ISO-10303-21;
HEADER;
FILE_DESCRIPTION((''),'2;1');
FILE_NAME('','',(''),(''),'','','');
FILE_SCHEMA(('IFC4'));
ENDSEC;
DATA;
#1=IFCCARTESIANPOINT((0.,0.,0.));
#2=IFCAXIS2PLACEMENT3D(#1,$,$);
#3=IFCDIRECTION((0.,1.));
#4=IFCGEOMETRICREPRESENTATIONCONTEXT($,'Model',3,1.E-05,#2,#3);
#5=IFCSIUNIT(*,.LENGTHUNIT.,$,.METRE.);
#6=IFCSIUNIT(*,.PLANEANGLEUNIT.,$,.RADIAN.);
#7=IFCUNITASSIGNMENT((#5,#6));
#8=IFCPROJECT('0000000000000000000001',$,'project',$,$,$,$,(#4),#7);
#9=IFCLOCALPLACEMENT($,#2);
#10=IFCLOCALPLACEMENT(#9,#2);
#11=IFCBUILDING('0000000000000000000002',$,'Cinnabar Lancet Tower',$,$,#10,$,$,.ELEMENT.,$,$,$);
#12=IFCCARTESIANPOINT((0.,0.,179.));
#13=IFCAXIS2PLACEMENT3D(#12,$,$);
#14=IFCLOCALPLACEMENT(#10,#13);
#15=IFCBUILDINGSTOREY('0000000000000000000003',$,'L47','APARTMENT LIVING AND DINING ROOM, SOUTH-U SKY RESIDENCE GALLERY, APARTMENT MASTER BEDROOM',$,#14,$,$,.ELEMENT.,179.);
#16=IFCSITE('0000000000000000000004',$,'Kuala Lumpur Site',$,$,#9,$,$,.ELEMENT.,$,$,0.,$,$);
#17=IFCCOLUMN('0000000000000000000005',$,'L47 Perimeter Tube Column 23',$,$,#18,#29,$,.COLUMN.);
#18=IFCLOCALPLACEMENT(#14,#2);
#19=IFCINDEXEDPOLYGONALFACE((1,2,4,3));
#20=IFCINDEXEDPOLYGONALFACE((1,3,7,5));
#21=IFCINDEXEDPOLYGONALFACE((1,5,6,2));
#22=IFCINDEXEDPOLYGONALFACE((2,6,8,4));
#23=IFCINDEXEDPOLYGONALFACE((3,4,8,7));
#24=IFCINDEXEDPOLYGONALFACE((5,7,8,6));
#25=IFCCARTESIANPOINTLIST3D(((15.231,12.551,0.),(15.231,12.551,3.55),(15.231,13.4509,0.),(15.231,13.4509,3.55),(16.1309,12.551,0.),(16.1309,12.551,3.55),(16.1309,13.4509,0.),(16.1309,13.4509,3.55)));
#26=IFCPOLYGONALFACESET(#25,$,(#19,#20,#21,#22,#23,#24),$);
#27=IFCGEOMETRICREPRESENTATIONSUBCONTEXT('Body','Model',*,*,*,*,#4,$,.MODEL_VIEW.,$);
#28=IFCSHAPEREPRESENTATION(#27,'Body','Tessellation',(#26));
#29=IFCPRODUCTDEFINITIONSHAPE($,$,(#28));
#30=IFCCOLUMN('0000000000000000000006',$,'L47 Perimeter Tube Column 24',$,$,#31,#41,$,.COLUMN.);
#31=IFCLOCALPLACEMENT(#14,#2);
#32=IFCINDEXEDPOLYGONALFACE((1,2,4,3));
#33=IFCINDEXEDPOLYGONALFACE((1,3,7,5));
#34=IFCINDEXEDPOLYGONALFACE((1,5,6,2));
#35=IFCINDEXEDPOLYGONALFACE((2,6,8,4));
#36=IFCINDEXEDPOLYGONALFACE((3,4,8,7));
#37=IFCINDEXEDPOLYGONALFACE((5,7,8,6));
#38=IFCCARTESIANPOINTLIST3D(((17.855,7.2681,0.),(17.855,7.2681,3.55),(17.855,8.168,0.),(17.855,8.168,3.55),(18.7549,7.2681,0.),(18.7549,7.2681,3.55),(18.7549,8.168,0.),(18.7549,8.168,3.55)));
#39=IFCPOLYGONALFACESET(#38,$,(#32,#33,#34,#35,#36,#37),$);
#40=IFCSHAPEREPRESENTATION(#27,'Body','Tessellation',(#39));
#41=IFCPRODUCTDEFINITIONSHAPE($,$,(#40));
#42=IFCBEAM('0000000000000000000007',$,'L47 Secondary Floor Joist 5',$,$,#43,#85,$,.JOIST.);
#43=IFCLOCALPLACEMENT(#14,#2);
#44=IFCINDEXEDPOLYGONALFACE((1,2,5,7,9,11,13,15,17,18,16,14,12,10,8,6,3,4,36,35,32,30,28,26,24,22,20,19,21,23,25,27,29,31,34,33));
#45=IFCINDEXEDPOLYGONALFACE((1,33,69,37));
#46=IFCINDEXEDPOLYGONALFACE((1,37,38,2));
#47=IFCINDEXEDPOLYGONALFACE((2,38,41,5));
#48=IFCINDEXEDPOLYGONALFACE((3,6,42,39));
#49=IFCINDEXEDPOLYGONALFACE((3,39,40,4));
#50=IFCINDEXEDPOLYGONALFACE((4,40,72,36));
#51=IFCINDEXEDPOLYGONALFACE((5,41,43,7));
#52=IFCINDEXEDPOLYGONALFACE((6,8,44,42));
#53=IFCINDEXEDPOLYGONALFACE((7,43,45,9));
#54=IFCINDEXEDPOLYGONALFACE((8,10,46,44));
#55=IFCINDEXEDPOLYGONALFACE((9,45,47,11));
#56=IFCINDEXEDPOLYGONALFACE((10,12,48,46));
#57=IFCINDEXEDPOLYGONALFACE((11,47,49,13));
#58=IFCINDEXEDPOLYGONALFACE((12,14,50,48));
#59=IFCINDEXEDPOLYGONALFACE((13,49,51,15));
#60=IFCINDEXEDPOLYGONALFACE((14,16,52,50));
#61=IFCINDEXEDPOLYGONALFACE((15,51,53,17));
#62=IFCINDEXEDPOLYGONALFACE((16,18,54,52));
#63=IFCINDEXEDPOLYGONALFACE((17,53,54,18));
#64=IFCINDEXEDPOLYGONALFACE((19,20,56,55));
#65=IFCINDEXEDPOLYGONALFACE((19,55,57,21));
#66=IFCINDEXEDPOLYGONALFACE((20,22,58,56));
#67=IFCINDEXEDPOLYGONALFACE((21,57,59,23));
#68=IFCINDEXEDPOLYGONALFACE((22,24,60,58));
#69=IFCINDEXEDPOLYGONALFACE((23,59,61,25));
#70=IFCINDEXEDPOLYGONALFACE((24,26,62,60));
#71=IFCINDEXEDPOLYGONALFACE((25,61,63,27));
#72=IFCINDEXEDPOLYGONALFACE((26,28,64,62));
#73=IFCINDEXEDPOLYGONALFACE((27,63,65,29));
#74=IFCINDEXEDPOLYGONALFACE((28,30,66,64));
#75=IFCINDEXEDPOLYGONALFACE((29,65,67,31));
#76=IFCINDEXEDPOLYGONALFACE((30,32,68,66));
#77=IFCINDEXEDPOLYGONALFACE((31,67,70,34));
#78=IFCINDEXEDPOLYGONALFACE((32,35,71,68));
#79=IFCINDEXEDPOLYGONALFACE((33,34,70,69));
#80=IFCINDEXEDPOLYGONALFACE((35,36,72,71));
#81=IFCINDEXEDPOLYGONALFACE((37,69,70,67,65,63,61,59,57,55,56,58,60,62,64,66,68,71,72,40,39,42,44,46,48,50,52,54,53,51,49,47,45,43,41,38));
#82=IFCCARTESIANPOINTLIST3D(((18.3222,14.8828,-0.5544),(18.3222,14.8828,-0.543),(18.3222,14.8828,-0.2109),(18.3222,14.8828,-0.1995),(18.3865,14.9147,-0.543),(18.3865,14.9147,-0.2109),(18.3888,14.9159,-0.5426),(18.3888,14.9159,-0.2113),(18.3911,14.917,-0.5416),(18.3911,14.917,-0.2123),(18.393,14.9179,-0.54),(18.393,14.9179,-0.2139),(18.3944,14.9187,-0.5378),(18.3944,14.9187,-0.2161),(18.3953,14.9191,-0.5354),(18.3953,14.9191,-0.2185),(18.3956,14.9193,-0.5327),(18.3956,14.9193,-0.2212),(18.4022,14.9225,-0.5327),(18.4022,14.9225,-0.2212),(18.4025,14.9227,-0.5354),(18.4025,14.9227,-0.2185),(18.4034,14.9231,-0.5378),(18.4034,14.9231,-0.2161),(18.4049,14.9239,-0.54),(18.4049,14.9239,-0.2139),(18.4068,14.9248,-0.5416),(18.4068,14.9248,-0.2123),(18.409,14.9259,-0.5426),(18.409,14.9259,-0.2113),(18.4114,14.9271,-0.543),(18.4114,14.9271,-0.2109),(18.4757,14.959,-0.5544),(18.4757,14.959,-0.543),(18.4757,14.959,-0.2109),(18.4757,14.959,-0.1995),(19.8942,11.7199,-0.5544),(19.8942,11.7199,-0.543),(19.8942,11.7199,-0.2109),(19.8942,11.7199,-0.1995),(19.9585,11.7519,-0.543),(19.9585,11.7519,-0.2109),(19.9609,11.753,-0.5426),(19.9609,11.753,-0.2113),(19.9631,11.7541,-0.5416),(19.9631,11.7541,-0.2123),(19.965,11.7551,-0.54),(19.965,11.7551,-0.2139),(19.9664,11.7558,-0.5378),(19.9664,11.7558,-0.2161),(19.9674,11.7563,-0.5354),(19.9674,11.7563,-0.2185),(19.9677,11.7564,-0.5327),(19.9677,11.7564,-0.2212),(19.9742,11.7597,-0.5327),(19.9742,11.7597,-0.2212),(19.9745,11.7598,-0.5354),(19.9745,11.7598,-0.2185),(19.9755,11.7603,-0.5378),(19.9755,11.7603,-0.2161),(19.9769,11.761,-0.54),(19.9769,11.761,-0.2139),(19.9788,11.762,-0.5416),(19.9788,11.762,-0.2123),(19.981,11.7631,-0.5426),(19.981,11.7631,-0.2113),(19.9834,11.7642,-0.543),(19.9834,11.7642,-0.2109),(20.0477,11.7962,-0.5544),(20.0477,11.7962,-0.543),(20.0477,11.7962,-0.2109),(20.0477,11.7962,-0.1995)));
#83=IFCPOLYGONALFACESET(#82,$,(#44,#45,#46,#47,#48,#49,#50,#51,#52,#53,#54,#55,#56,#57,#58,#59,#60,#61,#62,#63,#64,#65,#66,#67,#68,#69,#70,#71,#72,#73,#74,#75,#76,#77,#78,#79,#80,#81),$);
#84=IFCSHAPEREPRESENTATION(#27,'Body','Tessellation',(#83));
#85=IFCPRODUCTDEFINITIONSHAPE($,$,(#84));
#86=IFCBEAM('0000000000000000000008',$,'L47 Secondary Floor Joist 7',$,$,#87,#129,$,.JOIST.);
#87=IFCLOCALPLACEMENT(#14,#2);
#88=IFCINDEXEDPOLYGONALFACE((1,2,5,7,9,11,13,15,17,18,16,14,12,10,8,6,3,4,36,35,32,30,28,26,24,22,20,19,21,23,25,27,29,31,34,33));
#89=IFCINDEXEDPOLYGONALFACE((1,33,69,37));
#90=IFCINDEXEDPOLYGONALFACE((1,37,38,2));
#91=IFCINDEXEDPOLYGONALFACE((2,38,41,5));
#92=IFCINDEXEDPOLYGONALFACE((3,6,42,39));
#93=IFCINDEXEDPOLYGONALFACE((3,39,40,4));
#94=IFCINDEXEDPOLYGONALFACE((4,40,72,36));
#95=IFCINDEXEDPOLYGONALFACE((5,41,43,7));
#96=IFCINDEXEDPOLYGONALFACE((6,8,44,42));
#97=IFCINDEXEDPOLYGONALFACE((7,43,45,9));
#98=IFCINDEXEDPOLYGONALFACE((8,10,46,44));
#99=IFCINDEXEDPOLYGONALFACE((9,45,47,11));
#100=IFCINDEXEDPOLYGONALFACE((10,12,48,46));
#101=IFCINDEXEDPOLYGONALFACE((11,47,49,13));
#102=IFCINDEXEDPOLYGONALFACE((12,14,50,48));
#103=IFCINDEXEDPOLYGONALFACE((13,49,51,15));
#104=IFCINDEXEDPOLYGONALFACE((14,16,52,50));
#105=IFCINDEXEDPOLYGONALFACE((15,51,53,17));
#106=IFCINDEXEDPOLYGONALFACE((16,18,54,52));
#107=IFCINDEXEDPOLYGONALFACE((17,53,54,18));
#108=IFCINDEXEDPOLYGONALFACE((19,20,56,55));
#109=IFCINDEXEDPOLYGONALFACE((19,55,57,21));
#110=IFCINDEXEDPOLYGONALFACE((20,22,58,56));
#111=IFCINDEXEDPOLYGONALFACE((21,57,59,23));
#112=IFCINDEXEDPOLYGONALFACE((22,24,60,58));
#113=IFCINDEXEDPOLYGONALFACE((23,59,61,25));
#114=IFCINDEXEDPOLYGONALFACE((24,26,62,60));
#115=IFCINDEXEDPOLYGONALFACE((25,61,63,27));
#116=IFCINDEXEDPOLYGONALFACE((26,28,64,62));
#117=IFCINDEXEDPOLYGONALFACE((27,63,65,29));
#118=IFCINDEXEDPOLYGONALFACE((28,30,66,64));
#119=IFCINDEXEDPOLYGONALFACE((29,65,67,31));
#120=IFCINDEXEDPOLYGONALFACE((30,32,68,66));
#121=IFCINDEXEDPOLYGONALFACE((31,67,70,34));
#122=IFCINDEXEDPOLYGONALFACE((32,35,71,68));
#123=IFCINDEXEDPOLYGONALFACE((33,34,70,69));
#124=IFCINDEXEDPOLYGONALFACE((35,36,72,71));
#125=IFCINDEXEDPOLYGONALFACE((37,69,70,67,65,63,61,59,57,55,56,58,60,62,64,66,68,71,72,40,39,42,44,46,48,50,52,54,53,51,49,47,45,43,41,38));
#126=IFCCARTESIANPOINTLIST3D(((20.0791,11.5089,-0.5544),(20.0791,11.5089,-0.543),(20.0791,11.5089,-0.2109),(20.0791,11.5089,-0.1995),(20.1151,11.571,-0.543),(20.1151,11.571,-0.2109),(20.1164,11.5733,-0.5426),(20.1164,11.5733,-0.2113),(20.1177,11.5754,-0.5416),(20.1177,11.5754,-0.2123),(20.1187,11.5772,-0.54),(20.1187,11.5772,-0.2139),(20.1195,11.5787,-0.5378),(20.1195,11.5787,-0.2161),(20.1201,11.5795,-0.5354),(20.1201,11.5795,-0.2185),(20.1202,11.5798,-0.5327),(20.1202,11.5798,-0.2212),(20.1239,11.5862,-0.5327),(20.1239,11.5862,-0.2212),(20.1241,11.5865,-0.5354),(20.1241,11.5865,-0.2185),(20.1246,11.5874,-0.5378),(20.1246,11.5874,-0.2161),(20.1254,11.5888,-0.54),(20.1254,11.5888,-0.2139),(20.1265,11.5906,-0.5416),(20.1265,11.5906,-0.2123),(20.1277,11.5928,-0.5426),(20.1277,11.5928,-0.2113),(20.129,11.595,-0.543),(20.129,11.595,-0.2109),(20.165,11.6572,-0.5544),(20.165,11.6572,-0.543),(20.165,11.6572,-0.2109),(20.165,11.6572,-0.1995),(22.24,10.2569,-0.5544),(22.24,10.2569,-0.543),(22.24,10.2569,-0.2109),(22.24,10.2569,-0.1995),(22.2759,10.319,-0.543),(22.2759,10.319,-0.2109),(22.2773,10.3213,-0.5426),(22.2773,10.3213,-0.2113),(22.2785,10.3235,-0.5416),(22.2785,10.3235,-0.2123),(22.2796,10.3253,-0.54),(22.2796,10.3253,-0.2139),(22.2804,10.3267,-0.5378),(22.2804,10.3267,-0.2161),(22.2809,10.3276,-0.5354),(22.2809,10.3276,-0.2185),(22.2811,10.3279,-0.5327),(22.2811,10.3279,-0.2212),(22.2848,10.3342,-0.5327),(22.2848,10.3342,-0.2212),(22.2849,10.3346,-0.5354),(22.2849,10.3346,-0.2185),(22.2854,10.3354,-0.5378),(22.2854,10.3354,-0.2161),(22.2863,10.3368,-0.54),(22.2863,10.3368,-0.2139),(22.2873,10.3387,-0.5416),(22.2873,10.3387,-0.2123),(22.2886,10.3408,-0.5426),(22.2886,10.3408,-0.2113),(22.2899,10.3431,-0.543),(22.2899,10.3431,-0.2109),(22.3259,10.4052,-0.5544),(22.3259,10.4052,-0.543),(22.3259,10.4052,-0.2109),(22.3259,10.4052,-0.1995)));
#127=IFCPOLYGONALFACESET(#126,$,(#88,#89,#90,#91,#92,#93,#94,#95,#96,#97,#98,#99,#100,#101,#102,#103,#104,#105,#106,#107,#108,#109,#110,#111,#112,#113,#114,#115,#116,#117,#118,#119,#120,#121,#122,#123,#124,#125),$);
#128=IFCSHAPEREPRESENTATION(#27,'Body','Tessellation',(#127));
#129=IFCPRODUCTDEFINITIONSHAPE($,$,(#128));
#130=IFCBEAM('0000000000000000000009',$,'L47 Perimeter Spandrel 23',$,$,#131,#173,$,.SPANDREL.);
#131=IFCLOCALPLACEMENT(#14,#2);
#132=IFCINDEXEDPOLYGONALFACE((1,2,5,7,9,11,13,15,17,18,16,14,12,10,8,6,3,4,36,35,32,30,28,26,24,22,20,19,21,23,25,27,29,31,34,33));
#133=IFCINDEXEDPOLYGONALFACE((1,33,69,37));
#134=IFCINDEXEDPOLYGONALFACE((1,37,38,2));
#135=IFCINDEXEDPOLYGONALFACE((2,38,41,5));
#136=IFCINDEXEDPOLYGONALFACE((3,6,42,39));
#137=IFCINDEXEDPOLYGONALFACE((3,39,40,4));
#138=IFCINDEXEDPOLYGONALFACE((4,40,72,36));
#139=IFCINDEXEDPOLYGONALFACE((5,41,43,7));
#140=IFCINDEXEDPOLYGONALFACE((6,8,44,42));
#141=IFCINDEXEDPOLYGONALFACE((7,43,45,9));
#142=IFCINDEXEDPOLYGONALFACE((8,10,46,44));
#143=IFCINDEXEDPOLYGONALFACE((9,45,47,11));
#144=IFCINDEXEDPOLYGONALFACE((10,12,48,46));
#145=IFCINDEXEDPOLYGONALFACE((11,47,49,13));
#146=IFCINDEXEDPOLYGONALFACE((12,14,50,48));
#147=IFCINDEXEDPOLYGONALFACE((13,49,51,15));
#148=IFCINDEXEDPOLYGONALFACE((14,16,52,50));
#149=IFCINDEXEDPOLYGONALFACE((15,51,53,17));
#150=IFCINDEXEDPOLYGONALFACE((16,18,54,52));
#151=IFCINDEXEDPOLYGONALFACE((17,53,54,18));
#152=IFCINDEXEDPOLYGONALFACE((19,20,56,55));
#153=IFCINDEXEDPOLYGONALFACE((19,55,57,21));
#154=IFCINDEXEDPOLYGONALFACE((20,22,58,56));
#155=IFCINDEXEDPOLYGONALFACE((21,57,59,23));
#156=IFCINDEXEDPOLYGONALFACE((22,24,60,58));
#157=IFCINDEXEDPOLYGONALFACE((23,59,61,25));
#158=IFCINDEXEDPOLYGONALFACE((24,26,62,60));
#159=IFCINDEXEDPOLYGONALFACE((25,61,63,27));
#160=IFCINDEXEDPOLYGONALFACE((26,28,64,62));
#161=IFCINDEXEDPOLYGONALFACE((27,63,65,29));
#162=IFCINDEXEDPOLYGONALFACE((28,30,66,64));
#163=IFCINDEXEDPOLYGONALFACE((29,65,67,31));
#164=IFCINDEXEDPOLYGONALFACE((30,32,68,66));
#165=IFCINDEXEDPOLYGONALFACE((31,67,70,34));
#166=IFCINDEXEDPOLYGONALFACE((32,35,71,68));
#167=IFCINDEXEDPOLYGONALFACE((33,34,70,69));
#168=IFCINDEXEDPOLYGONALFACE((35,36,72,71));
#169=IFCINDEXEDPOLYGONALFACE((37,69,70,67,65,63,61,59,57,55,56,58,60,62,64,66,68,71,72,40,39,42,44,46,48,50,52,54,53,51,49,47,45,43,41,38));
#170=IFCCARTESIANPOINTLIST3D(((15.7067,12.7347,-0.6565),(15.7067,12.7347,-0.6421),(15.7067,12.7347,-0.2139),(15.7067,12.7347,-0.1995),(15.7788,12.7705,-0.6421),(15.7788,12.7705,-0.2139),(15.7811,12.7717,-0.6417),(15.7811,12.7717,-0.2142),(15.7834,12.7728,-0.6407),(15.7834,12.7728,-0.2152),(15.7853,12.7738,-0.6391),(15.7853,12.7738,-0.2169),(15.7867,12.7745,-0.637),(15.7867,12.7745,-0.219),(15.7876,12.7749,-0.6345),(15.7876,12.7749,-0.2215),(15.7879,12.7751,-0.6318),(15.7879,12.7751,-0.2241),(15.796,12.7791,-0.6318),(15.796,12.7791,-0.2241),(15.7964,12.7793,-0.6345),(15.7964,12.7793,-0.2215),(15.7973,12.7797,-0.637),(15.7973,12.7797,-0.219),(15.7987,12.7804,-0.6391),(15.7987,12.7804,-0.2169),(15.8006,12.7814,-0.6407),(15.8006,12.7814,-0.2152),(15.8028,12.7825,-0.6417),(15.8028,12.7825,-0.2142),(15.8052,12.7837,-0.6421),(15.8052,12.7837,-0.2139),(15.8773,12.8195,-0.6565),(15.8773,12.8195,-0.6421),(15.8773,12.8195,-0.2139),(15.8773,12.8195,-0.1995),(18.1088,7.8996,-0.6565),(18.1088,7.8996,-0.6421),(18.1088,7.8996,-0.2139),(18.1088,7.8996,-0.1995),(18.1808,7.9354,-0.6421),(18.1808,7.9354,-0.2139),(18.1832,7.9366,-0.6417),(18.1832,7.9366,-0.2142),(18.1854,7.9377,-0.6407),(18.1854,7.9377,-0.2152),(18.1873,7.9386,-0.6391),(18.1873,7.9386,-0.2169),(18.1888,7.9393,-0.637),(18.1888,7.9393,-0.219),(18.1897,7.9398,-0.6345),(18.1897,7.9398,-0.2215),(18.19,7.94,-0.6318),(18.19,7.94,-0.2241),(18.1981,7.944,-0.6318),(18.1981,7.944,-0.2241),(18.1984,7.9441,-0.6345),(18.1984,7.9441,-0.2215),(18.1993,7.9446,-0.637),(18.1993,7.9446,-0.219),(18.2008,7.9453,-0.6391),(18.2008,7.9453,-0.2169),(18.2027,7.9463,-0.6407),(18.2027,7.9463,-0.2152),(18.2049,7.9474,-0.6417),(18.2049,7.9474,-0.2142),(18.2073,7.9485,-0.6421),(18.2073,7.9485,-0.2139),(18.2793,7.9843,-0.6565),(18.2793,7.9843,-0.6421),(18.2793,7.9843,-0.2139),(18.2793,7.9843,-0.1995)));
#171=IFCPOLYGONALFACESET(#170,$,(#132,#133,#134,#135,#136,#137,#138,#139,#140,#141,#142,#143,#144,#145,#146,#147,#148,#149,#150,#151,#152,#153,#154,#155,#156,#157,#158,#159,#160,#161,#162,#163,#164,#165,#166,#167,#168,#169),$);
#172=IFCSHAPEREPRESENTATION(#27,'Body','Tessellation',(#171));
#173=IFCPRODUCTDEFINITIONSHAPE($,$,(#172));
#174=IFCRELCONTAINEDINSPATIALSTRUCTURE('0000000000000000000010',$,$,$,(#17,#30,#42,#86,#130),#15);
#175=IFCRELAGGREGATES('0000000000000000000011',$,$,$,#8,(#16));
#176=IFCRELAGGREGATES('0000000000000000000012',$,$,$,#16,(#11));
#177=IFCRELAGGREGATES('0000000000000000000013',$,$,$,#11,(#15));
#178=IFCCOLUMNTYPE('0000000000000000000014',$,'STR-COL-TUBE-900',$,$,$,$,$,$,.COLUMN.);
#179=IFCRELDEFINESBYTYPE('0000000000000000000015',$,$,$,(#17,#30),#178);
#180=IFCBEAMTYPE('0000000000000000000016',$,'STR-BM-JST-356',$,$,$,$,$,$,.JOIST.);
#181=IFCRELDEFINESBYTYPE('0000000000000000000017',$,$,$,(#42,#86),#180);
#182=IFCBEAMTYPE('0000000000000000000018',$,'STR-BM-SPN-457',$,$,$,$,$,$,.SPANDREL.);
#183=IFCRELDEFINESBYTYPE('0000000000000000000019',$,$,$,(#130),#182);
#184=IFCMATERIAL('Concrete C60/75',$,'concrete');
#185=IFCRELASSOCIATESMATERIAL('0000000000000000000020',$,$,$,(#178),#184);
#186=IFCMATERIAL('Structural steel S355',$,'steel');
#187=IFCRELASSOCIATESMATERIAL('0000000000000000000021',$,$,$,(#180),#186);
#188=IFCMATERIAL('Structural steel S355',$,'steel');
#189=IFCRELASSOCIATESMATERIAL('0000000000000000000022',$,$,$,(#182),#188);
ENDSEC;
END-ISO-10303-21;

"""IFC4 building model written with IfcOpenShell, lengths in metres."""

from ifc_helpers import new_model, si_unit, direction, frame, origin, origin_2d, place, context, subcontext, project, spatial, rectangle, i_section, extrude, material, material_profile, profile_set, type_object, element, save


model = new_model("IFC4")

# Units and contexts
model_context = context("Model", 3, precision=1e-05, world=origin(), true_north=direction((0.0, 1.0)))
body_context = subcontext(model_context, "Body", "Model", "MODEL_VIEW")
ifc_project = project(units=[si_unit("LENGTHUNIT", "METRE"), si_unit("PLANEANGLEUNIT", "RADIAN")], contexts=[model_context])

# Site, building, storey
site_placement = place(None, origin())
site = spatial("IfcSite", under=ifc_project, at=site_placement, Name="Kuala Lumpur Site", CompositionType="ELEMENT", RefElevation=0.0)
building_placement = place(site_placement, origin())
building = spatial("IfcBuilding", under=site, at=building_placement, Name="Cinnabar Lancet Tower", CompositionType="ELEMENT")
storey_placement = place(building_placement, frame((0.0, 0.0, 179.0)))
storey = spatial("IfcBuildingStorey", under=building, at=storey_placement, Name="L47", Description="APARTMENT LIVING AND DINING ROOM, SOUTH-U SKY RESIDENCE GALLERY, APARTMENT MASTER BEDROOM", CompositionType="ELEMENT", Elevation=179.0)

# Columns
ifc_material_1 = material(Name="Concrete C60/75", Category="concrete")
ifc_material_profile_1 = material_profile(ifc_material_1, rectangle(XDim=0.8999, YDim=0.8999, at=origin_2d()), Name="RC-COL 900x900")
ifc_profile_set_1 = profile_set([ifc_material_profile_1], Name="Concrete C60/75")
column_type = type_object("IfcColumnType", Name="STR-COL-TUBE-900", PredefinedType="COLUMN", material=ifc_profile_set_1)
for number, where, z_axis, x_axis, name in (
    (1, (15.6809, 13.001, 0.0), (0.0, 0.0, 1.0), (1.0, 0.0, 0.0), "L47 Perimeter Tube Column 23"),
    (2, (18.3049, 7.718, 0.0), (0.0, 0.0, 1.0), (1.0, 0.0, 0.0), "L47 Perimeter Tube Column 24"),
):
    element("IfcColumn", number, at=place(storey_placement, frame(where, z_axis=z_axis, x_axis=x_axis)), inside=storey, type_object=column_type, Name=name, PredefinedType="COLUMN", context=body_context, shape_type="SweptSolid", body=[
        extrude(rectangle(XDim=0.8999, YDim=0.8999, at=origin_2d()), origin(), (0.0, 0.0, 1.0), 3.55),
    ])

# Beams
ifc_material_2 = material(Name="Structural steel S355", Category="steel")
ifc_material_profile_2 = material_profile(ifc_material_2, i_section(OverallWidth=0.1714, OverallDepth=0.355, WebThickness=0.0073, FlangeThickness=0.0115, FilletRadius=0.0103, at=origin_2d()), Name="UKB 356x171x51")
ifc_profile_set_2 = profile_set([ifc_material_profile_2], Name="Structural steel S355")
beam_type_1 = type_object("IfcBeamType", Name="STR-BM-JST-356", PredefinedType="JOIST", material=ifc_profile_set_2)
beam_1_placement = place(storey_placement, frame((18.3989, 14.9209, -0.377), z_axis=(0.445083, -0.895489, 0.0), x_axis=(0.895489, 0.445083, 0.0)))
element("IfcBeam", 3, at=beam_1_placement, inside=storey, type_object=beam_type_1, Name="L47 Secondary Floor Joist 5", PredefinedType="JOIST", context=body_context, shape_type="SweptSolid", body=[
    extrude(i_section(OverallWidth=0.1714, OverallDepth=0.355, WebThickness=0.0073, FlangeThickness=0.0115, FilletRadius=0.0103, at=origin_2d()), origin(), (0.0, 0.0, 1.0), 3.532),
])
beam_2_placement = place(storey_placement, frame((20.1221, 11.583, -0.377), z_axis=(0.865268, -0.50131, 0.0), x_axis=(0.50131, 0.865268, 0.0)))
element("IfcBeam", 4, at=beam_2_placement, inside=storey, type_object=beam_type_1, Name="L47 Secondary Floor Joist 7", PredefinedType="JOIST", context=body_context, shape_type="SweptSolid", body=[
    extrude(i_section(OverallWidth=0.1714, OverallDepth=0.355, WebThickness=0.0073, FlangeThickness=0.0115, FilletRadius=0.0103, at=origin_2d()), origin(), (0.0, 0.0, 1.0), 2.4973),
])
ifc_material_3 = material(Name="Structural steel S355", Category="steel")
ifc_material_profile_3 = material_profile(ifc_material_3, i_section(OverallWidth=0.1904, OverallDepth=0.457, WebThickness=0.009, FlangeThickness=0.0144, FilletRadius=0.0103, at=origin_2d()), Name="UKB 457x191x74")
ifc_profile_set_3 = profile_set([ifc_material_profile_3], Name="Structural steel S355")
beam_type_2 = type_object("IfcBeamType", Name="STR-BM-SPN-457", PredefinedType="SPANDREL", material=ifc_profile_set_3)
beam_3_placement = place(storey_placement, frame((15.792, 12.7771, -0.428), z_axis=(0.444915, -0.895573, 0.0), x_axis=(0.895573, 0.444915, 0.0)))
element("IfcBeam", 5, at=beam_3_placement, inside=storey, type_object=beam_type_2, Name="L47 Perimeter Spandrel 23", PredefinedType="SPANDREL", context=body_context, shape_type="SweptSolid", body=[
    extrude(i_section(OverallWidth=0.1904, OverallDepth=0.457, WebThickness=0.009, FlangeThickness=0.0144, FilletRadius=0.0103, at=origin_2d()), origin(), (0.0, 0.0, 1.0), 5.3989),
])

save(model, "model.ifc")
